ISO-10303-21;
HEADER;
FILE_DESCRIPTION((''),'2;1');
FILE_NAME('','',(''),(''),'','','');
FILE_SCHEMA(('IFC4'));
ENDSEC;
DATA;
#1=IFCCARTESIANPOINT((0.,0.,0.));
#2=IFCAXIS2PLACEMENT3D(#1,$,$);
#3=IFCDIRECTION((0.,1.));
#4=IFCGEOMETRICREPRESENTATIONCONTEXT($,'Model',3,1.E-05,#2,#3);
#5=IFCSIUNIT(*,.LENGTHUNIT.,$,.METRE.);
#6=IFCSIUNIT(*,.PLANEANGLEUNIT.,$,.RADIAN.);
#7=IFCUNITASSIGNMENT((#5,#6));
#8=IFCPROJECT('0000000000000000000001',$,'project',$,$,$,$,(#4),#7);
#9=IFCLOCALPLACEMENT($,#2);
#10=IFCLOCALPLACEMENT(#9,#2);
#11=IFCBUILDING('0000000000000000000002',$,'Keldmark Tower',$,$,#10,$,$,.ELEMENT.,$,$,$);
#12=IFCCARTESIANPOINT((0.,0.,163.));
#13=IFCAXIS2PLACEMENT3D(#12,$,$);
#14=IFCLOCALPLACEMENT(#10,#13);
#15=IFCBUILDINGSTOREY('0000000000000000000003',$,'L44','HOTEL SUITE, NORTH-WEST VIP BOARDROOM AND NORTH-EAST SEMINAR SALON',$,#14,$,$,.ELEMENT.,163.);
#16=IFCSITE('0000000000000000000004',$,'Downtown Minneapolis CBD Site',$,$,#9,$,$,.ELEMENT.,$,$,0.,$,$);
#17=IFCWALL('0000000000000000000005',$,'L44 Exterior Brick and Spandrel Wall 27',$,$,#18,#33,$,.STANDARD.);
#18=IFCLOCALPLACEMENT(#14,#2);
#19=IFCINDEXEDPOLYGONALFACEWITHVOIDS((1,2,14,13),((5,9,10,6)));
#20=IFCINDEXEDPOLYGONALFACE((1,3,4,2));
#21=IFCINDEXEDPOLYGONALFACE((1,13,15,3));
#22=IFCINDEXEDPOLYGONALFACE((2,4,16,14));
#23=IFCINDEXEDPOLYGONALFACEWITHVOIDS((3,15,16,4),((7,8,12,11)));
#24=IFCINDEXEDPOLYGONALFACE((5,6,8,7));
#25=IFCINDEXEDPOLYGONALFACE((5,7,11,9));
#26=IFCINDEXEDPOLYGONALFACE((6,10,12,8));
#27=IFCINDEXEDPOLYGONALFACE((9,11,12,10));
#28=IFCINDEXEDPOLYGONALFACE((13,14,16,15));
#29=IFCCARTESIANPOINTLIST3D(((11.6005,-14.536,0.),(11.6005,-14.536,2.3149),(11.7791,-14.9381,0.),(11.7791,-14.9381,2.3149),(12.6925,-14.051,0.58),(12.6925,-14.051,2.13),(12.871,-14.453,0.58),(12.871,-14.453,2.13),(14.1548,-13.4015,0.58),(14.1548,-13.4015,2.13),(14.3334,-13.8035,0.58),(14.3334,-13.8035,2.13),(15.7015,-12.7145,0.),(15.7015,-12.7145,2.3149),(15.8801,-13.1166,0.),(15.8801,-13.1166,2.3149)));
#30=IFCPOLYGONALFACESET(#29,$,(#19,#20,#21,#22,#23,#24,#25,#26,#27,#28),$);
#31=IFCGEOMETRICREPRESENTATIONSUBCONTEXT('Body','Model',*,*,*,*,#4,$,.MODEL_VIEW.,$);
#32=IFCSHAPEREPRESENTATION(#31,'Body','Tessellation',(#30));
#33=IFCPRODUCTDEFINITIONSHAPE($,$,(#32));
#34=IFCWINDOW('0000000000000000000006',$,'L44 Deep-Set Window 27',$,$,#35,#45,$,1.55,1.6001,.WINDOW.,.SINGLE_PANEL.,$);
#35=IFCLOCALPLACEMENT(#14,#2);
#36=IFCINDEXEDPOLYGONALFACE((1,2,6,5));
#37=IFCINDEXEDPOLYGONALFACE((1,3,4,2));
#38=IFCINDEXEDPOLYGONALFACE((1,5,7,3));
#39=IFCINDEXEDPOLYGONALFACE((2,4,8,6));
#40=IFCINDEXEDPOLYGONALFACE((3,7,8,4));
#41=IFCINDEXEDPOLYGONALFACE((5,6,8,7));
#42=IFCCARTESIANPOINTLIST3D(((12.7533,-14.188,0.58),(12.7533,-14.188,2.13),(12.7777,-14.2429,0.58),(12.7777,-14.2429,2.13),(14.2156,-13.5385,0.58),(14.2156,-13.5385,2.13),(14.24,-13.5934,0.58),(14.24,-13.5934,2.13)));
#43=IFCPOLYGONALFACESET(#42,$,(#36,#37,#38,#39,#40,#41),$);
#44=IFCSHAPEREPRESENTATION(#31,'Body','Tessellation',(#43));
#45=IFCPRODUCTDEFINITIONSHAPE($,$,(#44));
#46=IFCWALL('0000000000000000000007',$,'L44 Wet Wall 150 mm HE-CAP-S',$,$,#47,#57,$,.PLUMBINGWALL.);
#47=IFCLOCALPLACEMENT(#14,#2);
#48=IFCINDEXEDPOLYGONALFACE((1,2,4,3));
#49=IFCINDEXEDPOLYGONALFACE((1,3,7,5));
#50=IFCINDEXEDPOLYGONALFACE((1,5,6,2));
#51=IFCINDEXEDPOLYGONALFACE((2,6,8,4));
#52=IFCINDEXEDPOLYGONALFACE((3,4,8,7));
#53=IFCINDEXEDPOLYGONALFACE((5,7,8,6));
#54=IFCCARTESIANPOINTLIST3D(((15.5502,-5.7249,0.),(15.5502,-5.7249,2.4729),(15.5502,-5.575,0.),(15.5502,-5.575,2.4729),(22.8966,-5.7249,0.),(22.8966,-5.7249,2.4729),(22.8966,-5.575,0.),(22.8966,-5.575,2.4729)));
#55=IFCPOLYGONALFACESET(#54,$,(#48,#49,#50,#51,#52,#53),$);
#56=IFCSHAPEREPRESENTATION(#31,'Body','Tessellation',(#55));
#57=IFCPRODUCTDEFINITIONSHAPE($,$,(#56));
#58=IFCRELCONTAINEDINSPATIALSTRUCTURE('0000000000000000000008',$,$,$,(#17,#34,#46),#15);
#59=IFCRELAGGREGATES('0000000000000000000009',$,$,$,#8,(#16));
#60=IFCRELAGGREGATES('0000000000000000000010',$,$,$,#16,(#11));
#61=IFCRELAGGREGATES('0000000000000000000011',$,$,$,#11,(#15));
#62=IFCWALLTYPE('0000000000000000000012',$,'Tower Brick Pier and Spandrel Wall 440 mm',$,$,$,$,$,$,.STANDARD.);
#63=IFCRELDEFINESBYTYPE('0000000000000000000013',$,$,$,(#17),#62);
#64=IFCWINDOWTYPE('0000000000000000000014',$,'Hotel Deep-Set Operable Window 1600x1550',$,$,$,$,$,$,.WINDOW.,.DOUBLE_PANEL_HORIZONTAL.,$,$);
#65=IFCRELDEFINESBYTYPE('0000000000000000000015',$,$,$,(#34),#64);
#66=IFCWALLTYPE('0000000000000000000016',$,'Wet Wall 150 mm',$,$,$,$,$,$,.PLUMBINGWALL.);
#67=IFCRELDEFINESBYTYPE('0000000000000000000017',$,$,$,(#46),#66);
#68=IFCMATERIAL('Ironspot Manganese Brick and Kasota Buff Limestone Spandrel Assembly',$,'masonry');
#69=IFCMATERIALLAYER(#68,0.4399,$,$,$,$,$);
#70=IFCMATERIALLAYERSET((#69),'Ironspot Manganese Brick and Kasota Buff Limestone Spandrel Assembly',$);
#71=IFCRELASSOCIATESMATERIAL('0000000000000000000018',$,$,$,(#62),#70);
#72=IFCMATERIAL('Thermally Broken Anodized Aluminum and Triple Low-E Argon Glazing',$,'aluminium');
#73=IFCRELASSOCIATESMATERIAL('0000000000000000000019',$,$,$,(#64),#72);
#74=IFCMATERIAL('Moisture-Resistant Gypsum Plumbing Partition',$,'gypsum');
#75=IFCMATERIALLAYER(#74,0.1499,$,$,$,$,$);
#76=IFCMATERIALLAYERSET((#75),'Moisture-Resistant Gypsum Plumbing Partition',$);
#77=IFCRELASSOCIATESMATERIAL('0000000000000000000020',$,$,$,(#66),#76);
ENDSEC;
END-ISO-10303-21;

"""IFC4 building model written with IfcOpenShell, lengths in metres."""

from ifc_helpers import new_model, si_unit, direction, frame, frame_2d, origin, place, context, subcontext, project, spatial, rectangle, extrude, material, layer, layer_set, type_object, element, fill, save


model = new_model("IFC4")

# Units and contexts
model_context = context("Model", 3, precision=1e-05, world=origin(), true_north=direction((0.0, 1.0)))
body_context = subcontext(model_context, "Body", "Model", "MODEL_VIEW")
ifc_project = project(units=[si_unit("LENGTHUNIT", "METRE"), si_unit("PLANEANGLEUNIT", "RADIAN")], contexts=[model_context])

# Site, building, storey
site_placement = place(None, origin())
site = spatial("IfcSite", under=ifc_project, at=site_placement, Name="Downtown Minneapolis CBD Site", CompositionType="ELEMENT", RefElevation=0.0)
building_placement = place(site_placement, origin())
building = spatial("IfcBuilding", under=site, at=building_placement, Name="Keldmark Tower", CompositionType="ELEMENT")
storey_placement = place(building_placement, frame((0.0, 0.0, 163.0)))
storey = spatial("IfcBuildingStorey", under=building, at=storey_placement, Name="L44", Description="HOTEL SUITE, NORTH-WEST VIP BOARDROOM AND NORTH-EAST SEMINAR SALON", CompositionType="ELEMENT", Elevation=163.0)

# Wall, opening, window
ifc_material_1 = material(Name="Ironspot Manganese Brick and Kasota Buff Limestone Spandrel Assembly", Category="masonry")
ifc_layer_1 = layer(ifc_material_1, 0.4399)
ifc_layer_set_1 = layer_set([ifc_layer_1], Name="Ironspot Manganese Brick and Kasota Buff Limestone Spandrel Assembly")
wall_type_1 = type_object("IfcWallType", Name="Tower Brick Pier and Spandrel Wall 440 mm", PredefinedType="STANDARD", material=ifc_layer_set_1)
wall_1_placement = place(storey_placement, frame((15.7908, -12.9155, 0.0), z_axis=(0.0, 0.0, 1.0), x_axis=(-0.913908, -0.405921, 0.0)))
wall_1 = element("IfcWall", 1, at=wall_1_placement, inside=storey, type_object=wall_type_1, Name="L44 Exterior Brick and Spandrel Wall 27", PredefinedType="STANDARD", context=body_context, shape_type="SweptSolid", body=[
    extrude(rectangle(XDim=4.4873, YDim=0.4399, at=frame_2d((2.2437, 0.0))), origin(), (0.0, 0.0, 1.0), 2.3149),
])
opening_1_placement = place(wall_1_placement, frame((1.6924, 0.0, 0.5801)))
opening_1 = element("IfcOpeningElement", 2, at=opening_1_placement, cuts=wall_1, PredefinedType="OPENING", context=body_context, shape_type="SweptSolid", body=[
    extrude(rectangle(XDim=1.6001, YDim=1.55, at=frame_2d((0.8, 0.7749))), frame((0.0, 0.23, 0.0), z_axis=(0.0, -1.0, 0.0), x_axis=(1.0, 0.0, 0.0)), (0.0, 0.0, 1.0), 0.46),
])
ifc_material_2 = material(Name="Thermally Broken Anodized Aluminum and Triple Low-E Argon Glazing", Category="aluminium")
window_type = type_object("IfcWindowType", Name="Hotel Deep-Set Operable Window 1600x1550", PartitioningType="DOUBLE_PANEL_HORIZONTAL", PredefinedType="WINDOW", material=ifc_material_2)
window_placement = place(opening_1_placement, origin())
window = element("IfcWindow", 3, at=window_placement, inside=storey, type_object=window_type, Name="L44 Deep-Set Window 27", OverallHeight=1.55, OverallWidth=1.6001, PartitioningType="SINGLE_PANEL", PredefinedType="WINDOW", context=body_context, shape_type="SweptSolid", body=[
    extrude(rectangle(XDim=1.6001, YDim=1.55, at=frame_2d((0.8, 0.7749))), frame((0.0, -0.01, 0.0), z_axis=(0.0, -1.0, 0.0), x_axis=(1.0, 0.0, 0.0)), (0.0, 0.0, 1.0), 0.0601),
])
fill(opening_1, window)

# Wall
ifc_material_3 = material(Name="Moisture-Resistant Gypsum Plumbing Partition", Category="gypsum")
ifc_layer_2 = layer(ifc_material_3, 0.1499)
ifc_layer_set_2 = layer_set([ifc_layer_2], Name="Moisture-Resistant Gypsum Plumbing Partition")
wall_type_2 = type_object("IfcWallType", Name="Wet Wall 150 mm", PredefinedType="PLUMBINGWALL", material=ifc_layer_set_2)
wall_2_placement = place(storey_placement, frame((15.55, -5.6499, 0.0), z_axis=(0.0, 0.0, 1.0), x_axis=(1.0, 0.0, 0.0)))
element("IfcWall", 4, at=wall_2_placement, inside=storey, type_object=wall_type_2, Name="L44 Wet Wall 150 mm HE-CAP-S", PredefinedType="PLUMBINGWALL", context=body_context, shape_type="SweptSolid", body=[
    extrude(rectangle(XDim=7.3464, YDim=0.1499, at=frame_2d((3.6733, 0.0))), origin(), (0.0, 0.0, 1.0), 2.4729),
])

save(model, "model.ifc")
